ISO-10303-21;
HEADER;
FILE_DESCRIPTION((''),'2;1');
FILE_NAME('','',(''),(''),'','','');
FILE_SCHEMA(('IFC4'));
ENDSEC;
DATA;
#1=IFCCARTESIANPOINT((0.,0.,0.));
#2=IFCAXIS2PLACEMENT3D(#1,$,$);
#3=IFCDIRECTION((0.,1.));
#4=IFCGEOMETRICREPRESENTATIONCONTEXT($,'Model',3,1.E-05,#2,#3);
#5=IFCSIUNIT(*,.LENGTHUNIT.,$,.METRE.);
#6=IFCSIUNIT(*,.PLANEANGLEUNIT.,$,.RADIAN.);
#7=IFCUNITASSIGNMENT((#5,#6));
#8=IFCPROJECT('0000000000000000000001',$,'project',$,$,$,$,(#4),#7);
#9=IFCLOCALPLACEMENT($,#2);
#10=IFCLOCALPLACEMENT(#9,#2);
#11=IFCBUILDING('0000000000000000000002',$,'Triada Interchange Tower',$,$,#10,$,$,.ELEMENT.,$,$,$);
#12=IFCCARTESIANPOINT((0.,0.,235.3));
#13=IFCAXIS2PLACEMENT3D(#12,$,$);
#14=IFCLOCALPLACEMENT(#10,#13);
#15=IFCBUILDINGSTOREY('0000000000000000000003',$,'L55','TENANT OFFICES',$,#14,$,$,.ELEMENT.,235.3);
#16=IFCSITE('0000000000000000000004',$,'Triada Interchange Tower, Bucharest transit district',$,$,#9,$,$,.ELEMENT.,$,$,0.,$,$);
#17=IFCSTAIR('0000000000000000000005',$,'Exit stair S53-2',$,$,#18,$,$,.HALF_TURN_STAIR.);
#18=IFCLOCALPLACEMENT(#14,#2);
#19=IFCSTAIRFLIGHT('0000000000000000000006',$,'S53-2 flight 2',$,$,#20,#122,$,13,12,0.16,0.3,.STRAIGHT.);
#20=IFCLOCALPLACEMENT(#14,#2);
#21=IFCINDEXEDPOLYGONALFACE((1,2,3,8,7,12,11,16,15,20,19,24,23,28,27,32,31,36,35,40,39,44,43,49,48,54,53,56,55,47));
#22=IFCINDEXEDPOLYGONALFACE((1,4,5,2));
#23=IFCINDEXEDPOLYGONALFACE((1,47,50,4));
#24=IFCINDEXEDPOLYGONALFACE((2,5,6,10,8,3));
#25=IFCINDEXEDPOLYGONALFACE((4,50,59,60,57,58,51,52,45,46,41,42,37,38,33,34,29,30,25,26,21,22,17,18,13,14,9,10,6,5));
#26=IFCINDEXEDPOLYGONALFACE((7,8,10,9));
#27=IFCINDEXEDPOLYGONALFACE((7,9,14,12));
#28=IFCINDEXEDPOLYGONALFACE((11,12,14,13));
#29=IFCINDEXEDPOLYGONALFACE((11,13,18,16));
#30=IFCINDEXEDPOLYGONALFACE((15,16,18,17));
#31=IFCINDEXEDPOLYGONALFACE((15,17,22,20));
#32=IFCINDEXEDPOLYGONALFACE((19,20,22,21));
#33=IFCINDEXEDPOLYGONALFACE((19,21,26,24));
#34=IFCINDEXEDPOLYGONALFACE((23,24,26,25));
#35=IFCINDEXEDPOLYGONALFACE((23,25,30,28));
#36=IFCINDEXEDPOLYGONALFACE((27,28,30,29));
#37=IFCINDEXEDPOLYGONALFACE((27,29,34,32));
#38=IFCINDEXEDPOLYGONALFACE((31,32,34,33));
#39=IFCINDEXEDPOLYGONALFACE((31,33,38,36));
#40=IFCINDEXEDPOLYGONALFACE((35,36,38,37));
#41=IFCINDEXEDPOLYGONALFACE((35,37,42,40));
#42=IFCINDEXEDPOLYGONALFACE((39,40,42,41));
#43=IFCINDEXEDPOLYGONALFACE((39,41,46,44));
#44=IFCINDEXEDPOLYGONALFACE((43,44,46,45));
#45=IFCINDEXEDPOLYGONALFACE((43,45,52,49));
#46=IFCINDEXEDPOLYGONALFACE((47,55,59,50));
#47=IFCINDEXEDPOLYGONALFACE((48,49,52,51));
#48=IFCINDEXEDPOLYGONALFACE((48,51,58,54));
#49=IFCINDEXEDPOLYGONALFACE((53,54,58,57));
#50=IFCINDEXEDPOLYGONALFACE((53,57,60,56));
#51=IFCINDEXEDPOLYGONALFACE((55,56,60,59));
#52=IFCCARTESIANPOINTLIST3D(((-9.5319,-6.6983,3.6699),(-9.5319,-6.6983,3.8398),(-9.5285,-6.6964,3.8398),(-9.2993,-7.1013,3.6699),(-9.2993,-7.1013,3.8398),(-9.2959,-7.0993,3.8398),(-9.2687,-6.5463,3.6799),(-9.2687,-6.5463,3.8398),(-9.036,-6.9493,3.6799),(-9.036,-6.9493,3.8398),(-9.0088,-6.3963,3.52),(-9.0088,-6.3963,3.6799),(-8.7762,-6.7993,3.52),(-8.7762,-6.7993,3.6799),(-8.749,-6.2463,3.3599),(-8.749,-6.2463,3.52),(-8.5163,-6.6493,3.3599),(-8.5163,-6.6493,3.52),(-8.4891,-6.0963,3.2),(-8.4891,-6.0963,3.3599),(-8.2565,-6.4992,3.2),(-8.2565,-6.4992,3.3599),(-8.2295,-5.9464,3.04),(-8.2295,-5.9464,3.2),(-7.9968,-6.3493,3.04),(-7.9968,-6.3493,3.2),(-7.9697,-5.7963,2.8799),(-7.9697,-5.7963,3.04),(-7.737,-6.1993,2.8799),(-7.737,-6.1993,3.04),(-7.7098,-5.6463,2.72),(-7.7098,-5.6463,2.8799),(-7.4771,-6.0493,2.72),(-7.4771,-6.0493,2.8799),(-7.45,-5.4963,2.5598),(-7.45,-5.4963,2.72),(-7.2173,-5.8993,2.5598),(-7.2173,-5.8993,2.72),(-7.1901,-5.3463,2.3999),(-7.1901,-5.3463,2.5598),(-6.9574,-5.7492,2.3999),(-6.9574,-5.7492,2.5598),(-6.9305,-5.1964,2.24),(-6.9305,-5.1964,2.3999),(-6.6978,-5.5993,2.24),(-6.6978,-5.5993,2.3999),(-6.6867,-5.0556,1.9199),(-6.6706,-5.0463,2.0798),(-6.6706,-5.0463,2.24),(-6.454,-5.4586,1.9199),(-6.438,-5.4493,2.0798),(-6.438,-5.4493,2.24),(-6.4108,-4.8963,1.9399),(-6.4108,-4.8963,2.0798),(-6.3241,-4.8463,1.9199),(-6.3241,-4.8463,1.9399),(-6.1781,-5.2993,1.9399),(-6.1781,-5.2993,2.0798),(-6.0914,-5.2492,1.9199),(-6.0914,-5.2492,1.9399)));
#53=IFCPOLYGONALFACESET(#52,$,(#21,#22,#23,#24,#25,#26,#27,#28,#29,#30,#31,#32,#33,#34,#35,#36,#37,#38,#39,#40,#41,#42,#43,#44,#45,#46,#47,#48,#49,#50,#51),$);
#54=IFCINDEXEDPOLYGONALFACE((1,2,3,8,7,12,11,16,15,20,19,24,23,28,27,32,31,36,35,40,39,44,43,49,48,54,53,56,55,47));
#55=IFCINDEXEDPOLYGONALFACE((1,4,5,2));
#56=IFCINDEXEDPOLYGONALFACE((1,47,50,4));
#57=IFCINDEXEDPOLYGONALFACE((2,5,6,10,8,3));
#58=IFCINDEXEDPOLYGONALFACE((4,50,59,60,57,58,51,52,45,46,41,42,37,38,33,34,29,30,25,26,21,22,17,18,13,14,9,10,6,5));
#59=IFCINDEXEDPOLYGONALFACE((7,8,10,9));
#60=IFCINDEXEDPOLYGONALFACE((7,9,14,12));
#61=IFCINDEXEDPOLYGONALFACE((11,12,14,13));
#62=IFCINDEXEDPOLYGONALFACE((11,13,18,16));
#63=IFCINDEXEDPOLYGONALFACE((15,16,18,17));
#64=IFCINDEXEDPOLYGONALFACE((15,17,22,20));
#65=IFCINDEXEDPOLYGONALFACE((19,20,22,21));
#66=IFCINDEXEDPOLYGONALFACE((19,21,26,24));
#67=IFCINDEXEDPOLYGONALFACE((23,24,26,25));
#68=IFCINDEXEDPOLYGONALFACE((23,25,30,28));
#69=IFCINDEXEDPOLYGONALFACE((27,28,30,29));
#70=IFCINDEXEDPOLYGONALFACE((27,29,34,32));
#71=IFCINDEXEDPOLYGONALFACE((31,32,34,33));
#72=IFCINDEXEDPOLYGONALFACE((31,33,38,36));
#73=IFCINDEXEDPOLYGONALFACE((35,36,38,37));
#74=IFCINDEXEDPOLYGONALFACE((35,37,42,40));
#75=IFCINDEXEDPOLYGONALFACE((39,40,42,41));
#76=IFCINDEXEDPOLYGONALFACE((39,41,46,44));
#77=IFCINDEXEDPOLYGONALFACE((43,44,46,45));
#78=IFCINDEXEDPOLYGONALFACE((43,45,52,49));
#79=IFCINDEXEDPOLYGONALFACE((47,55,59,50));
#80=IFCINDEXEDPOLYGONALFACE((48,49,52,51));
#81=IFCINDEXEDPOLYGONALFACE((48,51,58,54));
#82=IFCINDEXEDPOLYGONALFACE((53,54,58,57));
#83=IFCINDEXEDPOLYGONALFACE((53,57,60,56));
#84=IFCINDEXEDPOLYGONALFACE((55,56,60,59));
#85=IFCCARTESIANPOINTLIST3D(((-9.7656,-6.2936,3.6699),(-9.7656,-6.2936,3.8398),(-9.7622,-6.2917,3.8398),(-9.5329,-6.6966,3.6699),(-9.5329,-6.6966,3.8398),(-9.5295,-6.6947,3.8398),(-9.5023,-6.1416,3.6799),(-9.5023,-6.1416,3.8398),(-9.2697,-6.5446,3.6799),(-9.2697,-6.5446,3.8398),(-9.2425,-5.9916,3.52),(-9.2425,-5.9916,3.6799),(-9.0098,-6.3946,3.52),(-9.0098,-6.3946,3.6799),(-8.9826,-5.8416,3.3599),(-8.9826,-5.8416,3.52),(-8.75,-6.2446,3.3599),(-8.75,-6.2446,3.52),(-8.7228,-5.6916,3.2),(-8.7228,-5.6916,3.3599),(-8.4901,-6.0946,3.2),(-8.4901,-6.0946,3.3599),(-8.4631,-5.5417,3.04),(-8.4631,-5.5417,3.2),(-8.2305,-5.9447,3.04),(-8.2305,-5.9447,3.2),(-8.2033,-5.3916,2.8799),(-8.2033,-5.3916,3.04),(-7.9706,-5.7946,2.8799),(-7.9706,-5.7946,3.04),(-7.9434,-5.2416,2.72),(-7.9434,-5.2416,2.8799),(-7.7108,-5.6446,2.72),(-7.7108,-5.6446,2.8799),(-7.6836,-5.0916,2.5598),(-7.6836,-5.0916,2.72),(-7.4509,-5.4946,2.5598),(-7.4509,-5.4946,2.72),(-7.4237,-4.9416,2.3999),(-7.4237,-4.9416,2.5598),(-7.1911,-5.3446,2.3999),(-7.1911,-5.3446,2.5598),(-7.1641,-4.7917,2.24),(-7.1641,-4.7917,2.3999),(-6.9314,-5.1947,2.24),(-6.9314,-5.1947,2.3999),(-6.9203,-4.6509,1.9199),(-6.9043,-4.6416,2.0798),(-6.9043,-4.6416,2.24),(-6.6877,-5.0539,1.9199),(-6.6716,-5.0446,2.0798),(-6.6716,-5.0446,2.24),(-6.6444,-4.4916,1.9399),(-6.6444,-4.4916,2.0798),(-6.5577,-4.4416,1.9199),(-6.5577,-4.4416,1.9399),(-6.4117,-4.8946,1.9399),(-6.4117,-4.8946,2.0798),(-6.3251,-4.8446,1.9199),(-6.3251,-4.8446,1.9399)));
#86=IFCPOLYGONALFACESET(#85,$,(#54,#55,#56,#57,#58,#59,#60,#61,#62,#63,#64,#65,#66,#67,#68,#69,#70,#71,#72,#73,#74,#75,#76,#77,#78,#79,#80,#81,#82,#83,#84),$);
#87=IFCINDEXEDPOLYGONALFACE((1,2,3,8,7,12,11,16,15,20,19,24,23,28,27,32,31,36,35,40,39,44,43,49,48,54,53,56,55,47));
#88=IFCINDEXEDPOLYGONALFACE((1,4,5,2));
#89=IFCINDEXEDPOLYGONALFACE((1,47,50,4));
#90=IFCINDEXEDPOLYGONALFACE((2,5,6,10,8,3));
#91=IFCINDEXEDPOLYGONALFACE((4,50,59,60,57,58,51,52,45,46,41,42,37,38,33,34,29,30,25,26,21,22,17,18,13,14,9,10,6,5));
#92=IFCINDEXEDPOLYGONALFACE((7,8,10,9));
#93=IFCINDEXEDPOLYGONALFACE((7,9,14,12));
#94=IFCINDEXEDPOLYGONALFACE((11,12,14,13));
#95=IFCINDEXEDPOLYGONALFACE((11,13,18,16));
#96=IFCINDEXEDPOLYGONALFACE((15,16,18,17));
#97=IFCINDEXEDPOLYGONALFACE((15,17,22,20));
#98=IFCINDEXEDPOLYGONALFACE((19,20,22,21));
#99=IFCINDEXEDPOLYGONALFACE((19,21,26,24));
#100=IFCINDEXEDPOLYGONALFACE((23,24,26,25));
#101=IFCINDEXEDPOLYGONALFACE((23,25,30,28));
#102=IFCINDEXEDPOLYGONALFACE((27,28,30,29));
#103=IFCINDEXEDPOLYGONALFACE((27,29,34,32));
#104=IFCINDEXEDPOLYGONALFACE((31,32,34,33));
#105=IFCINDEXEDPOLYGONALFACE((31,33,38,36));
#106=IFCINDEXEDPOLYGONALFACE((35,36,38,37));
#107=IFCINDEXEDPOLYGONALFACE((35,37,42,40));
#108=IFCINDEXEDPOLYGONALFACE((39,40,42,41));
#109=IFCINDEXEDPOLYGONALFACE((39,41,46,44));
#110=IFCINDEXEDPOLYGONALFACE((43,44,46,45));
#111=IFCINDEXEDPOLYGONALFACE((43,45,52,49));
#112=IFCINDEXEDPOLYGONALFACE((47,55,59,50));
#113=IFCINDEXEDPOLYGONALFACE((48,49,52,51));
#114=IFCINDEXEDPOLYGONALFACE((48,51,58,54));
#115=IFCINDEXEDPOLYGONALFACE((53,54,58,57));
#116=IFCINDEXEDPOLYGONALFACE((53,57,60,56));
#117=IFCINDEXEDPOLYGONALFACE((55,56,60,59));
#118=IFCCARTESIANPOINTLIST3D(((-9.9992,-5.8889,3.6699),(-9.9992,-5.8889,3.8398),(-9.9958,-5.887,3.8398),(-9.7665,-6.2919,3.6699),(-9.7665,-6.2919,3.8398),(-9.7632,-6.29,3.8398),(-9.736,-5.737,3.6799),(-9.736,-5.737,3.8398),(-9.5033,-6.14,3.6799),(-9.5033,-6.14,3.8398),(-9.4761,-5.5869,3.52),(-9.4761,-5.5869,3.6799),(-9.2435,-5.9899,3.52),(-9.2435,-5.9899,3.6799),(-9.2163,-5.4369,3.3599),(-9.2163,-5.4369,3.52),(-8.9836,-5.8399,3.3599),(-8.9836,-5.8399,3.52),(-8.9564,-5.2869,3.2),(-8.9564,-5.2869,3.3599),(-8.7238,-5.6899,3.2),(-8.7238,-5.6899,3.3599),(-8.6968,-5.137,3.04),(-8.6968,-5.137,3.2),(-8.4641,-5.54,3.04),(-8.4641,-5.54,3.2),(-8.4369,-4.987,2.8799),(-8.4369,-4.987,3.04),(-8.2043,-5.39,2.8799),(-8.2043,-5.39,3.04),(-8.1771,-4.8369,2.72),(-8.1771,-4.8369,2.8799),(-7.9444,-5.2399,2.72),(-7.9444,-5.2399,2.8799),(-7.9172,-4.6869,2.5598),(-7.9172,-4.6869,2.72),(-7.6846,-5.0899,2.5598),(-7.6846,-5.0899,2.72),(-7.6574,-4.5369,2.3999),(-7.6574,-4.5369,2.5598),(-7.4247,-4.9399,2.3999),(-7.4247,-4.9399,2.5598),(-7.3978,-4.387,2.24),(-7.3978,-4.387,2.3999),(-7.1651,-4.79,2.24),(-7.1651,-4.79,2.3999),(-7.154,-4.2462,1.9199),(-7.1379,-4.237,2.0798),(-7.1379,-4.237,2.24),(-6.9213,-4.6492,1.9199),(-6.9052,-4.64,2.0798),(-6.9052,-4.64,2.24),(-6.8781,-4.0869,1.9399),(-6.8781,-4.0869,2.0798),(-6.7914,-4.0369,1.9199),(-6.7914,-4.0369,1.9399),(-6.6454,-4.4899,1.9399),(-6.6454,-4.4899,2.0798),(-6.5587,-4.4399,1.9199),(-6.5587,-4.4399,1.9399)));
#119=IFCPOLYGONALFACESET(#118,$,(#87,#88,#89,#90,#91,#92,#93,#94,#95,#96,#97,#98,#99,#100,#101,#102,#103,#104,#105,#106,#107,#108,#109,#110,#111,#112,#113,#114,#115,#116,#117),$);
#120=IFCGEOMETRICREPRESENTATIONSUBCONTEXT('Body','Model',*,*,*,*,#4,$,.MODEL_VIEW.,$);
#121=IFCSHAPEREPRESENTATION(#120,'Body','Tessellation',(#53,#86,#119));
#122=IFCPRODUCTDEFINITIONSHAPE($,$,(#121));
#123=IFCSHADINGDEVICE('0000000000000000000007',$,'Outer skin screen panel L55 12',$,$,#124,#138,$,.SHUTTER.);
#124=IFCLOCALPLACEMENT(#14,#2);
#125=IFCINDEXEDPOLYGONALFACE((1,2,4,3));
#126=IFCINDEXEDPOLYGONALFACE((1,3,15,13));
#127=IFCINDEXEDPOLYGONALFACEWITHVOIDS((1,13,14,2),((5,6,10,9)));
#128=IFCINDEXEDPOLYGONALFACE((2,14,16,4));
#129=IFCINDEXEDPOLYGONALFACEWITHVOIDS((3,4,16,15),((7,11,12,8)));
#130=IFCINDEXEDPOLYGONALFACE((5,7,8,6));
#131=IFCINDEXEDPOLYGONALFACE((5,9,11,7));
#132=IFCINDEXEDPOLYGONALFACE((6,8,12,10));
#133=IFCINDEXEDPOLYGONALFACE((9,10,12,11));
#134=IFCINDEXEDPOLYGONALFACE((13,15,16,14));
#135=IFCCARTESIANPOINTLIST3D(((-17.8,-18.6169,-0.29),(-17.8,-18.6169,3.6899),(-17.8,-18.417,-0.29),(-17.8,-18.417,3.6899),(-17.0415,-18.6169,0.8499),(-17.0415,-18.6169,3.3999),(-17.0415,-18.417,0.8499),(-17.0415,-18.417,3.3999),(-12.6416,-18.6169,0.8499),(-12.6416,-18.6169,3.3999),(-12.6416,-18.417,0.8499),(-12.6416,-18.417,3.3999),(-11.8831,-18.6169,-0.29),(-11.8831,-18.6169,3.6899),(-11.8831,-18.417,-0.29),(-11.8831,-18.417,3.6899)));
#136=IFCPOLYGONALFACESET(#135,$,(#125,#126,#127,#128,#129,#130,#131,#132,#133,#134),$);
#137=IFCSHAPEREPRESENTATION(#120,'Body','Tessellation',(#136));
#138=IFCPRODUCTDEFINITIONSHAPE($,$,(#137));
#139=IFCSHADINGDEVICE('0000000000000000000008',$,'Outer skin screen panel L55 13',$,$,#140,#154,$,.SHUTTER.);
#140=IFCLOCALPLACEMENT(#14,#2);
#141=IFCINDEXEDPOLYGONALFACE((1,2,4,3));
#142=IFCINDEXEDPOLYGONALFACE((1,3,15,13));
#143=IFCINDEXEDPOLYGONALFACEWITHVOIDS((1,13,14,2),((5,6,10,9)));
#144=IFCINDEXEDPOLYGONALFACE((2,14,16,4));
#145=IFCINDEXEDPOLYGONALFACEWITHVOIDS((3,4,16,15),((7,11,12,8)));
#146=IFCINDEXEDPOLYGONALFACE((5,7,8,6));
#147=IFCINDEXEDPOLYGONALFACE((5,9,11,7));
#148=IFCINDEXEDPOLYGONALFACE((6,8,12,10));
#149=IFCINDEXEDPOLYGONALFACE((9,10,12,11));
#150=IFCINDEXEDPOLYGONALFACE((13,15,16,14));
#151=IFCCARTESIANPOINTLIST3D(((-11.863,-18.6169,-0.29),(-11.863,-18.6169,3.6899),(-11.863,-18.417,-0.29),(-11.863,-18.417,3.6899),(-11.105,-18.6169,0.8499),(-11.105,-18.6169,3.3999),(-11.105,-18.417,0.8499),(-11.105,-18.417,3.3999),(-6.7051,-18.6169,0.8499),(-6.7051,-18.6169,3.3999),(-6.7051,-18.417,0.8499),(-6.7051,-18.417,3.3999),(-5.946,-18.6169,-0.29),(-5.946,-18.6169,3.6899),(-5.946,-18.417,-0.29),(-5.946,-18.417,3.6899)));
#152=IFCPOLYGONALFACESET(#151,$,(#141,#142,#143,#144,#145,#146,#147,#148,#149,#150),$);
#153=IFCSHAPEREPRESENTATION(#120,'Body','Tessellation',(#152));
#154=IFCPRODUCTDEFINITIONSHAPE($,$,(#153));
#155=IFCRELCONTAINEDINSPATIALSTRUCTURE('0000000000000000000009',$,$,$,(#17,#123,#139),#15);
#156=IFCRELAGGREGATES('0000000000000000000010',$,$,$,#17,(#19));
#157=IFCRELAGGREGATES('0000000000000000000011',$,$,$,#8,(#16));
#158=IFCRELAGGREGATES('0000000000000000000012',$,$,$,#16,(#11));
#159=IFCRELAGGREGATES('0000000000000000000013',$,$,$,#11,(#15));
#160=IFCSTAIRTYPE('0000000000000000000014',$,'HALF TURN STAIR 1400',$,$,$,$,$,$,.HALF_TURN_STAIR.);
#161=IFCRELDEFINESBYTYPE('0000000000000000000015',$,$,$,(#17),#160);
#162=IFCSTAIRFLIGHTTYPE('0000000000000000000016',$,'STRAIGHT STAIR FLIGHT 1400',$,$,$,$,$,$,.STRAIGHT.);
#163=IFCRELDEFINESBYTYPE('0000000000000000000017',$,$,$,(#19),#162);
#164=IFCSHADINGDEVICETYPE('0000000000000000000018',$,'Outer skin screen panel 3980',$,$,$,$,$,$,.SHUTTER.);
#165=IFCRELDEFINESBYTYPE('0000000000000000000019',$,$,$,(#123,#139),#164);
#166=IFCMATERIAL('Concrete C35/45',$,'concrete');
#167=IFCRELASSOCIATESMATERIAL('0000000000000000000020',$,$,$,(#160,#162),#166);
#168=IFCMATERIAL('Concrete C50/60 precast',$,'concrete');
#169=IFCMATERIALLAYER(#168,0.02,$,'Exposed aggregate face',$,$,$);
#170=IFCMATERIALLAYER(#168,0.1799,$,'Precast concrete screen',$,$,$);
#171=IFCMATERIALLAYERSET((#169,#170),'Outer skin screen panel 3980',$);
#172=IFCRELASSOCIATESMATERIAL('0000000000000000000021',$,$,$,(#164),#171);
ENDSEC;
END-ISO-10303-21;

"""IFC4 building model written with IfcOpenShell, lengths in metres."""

from ifc_helpers import new_model, si_unit, direction, frame, origin, place, context, subcontext, project, spatial, polyline, outline, extrude, material, layer, layer_set, type_object, element, aggregate, save


model = new_model("IFC4")

# Units and contexts
model_context = context("Model", 3, precision=1e-05, world=origin(), true_north=direction((0.0, 1.0)))
body_context = subcontext(model_context, "Body", "Model", "MODEL_VIEW")
ifc_project = project(units=[si_unit("LENGTHUNIT", "METRE"), si_unit("PLANEANGLEUNIT", "RADIAN")], contexts=[model_context])

# Site, building, storey
site_placement = place(None, origin())
site = spatial("IfcSite", under=ifc_project, at=site_placement, Name="Triada Interchange Tower, Bucharest transit district", CompositionType="ELEMENT", RefElevation=0.0)
building_placement = place(site_placement, origin())
building = spatial("IfcBuilding", under=site, at=building_placement, Name="Triada Interchange Tower", CompositionType="ELEMENT")
storey_placement = place(building_placement, frame((0.0, 0.0, 235.3)))
storey = spatial("IfcBuildingStorey", under=building, at=storey_placement, Name="L55", Description="TENANT OFFICES", CompositionType="ELEMENT", Elevation=235.3)

# Stair, stair flight
ifc_material_1 = material(Name="Concrete C35/45", Category="concrete")
stair_type = type_object("IfcStairType", Name="HALF TURN STAIR 1400", PredefinedType="HALF_TURN_STAIR", material=ifc_material_1)
stair_placement = place(storey_placement, origin())
stair = element("IfcStair", 1, at=stair_placement, inside=storey, type_object=stair_type, Name="Exit stair S53-2", PredefinedType="HALF_TURN_STAIR")
stair_flight_type = type_object("IfcStairFlightType", Name="STRAIGHT STAIR FLIGHT 1400", PredefinedType="STRAIGHT", material=ifc_material_1)
stair_flight_1_placement = place(storey_placement, frame((-6.5281, -4.6931, 1.9199), z_axis=(0.0, 0.0, 1.0), x_axis=(-0.866025, -0.5, 0.0)))
stair_flight_1 = element("IfcStairFlight", 2, at=stair_flight_1_placement, type_object=stair_flight_type, Name="S53-2 flight 2", NumberOfRisers=13, NumberOfTreads=12, PredefinedType="STRAIGHT", RiserHeight=0.16, TreadLength=0.3, context=body_context, shape_type="SweptSolid", body=[
    extrude(outline(polyline([(-0.1001, 0.0), (-0.1001, 0.02), (0.0, 0.02), (0.0, 0.1599), (0.3, 0.1599), (0.3, 0.3201), (0.6001, 0.3201), (0.6001, 0.48), (0.8999, 0.48), (0.8999, 0.6399), (1.2, 0.6399), (1.2, 0.8), (1.5, 0.8), (1.5, 0.96), (1.8, 0.96), (1.8, 1.1201), (2.1001, 1.1201), (2.1001, 1.28), (2.3999, 1.28), (2.3999, 1.4399), (2.7, 1.4399), (2.7, 1.6001), (3.0, 1.6001), (3.0, 1.76), (3.3, 1.76), (3.3, 1.9199), (3.6001, 1.9199), (3.604, 1.9199), (3.604, 2.0801), (3.604, 1.75), (0.3186, 0.0), (-0.1001, 0.0)])), frame((0.0, 0.7, 0.0), z_axis=(0.0, -1.0, 0.0), x_axis=(1.0, 0.0, 0.0)), (0.0, 0.0, 1.0), 0.4653),
    extrude(outline(polyline([(-0.1001, 0.0), (-0.1001, 0.02), (0.0, 0.02), (0.0, 0.1599), (0.3, 0.1599), (0.3, 0.3201), (0.6001, 0.3201), (0.6001, 0.48), (0.8999, 0.48), (0.8999, 0.6399), (1.2, 0.6399), (1.2, 0.8), (1.5, 0.8), (1.5, 0.96), (1.8, 0.96), (1.8, 1.1201), (2.1001, 1.1201), (2.1001, 1.28), (2.3999, 1.28), (2.3999, 1.4399), (2.7, 1.4399), (2.7, 1.6001), (3.0, 1.6001), (3.0, 1.76), (3.3, 1.76), (3.3, 1.9199), (3.6001, 1.9199), (3.604, 1.9199), (3.604, 2.0801), (3.604, 1.75), (0.3186, 0.0), (-0.1001, 0.0)])), frame((0.0, 0.2327, 0.0), z_axis=(0.0, -1.0, 0.0), x_axis=(1.0, 0.0, 0.0)), (0.0, 0.0, 1.0), 0.4653),
    extrude(outline(polyline([(-0.1001, 0.0), (-0.1001, 0.02), (0.0, 0.02), (0.0, 0.1599), (0.3, 0.1599), (0.3, 0.3201), (0.6001, 0.3201), (0.6001, 0.48), (0.8999, 0.48), (0.8999, 0.6399), (1.2, 0.6399), (1.2, 0.8), (1.5, 0.8), (1.5, 0.96), (1.8, 0.96), (1.8, 1.1201), (2.1001, 1.1201), (2.1001, 1.28), (2.3999, 1.28), (2.3999, 1.4399), (2.7, 1.4399), (2.7, 1.6001), (3.0, 1.6001), (3.0, 1.76), (3.3, 1.76), (3.3, 1.9199), (3.6001, 1.9199), (3.604, 1.9199), (3.604, 2.0801), (3.604, 1.75), (0.3186, 0.0), (-0.1001, 0.0)])), frame((0.0, -0.2346, 0.0), z_axis=(0.0, -1.0, 0.0), x_axis=(1.0, 0.0, 0.0)), (0.0, 0.0, 1.0), 0.4653),
])

# Shading devices
ifc_material_2 = material(Name="Concrete C50/60 precast", Category="concrete")
ifc_layer_1 = layer(ifc_material_2, 0.02, Name="Exposed aggregate face")
ifc_layer_2 = layer(ifc_material_2, 0.1799, Name="Precast concrete screen")
ifc_layer_set_1 = layer_set([ifc_layer_1, ifc_layer_2], Name="Outer skin screen panel 3980")
shading_device_type = type_object("IfcShadingDeviceType", Name="Outer skin screen panel 3980", PredefinedType="SHUTTER", material=ifc_layer_set_1)
shading_device_1_placement = place(storey_placement, frame((-17.8, -18.417, -0.29), z_axis=(0.0, 0.0, 1.0), x_axis=(1.0, 0.0, 0.0)))
element("IfcShadingDevice", 3, at=shading_device_1_placement, inside=storey, type_object=shading_device_type, Name="Outer skin screen panel L55 12", PredefinedType="SHUTTER", context=body_context, shape_type="SweptSolid", body=[
    extrude(outline(polyline([(0.0, 0.0), (5.917, 0.0), (5.917, 3.98), (0.0, 3.98), (0.0, 0.0)]), holes=[polyline([(0.7585, 1.1399), (0.7585, 3.6899), (5.1584, 3.6899), (5.1584, 1.1399), (0.7585, 1.1399)])]), frame((0.0, 0.0, 0.0), z_axis=(0.0, -1.0, 0.0), x_axis=(1.0, 0.0, 0.0)), (0.0, 0.0, 1.0), 0.2),
])
shading_device_2_placement = place(storey_placement, frame((-11.863, -18.417, -0.29), z_axis=(0.0, 0.0, 1.0), x_axis=(1.0, 0.0, 0.0)))
element("IfcShadingDevice", 4, at=shading_device_2_placement, inside=storey, type_object=shading_device_type, Name="Outer skin screen panel L55 13", PredefinedType="SHUTTER", context=body_context, shape_type="SweptSolid", body=[
    extrude(outline(polyline([(0.0, 0.0), (5.917, 0.0), (5.917, 3.98), (0.0, 3.98), (0.0, 0.0)]), holes=[polyline([(0.7581, 1.1399), (0.7581, 3.6899), (5.158, 3.6899), (5.158, 1.1399), (0.7581, 1.1399)])]), frame((0.0, 0.0, 0.0), z_axis=(0.0, -1.0, 0.0), x_axis=(1.0, 0.0, 0.0)), (0.0, 0.0, 1.0), 0.2),
])

aggregate(stair, [stair_flight_1])

save(model, "model.ifc")
